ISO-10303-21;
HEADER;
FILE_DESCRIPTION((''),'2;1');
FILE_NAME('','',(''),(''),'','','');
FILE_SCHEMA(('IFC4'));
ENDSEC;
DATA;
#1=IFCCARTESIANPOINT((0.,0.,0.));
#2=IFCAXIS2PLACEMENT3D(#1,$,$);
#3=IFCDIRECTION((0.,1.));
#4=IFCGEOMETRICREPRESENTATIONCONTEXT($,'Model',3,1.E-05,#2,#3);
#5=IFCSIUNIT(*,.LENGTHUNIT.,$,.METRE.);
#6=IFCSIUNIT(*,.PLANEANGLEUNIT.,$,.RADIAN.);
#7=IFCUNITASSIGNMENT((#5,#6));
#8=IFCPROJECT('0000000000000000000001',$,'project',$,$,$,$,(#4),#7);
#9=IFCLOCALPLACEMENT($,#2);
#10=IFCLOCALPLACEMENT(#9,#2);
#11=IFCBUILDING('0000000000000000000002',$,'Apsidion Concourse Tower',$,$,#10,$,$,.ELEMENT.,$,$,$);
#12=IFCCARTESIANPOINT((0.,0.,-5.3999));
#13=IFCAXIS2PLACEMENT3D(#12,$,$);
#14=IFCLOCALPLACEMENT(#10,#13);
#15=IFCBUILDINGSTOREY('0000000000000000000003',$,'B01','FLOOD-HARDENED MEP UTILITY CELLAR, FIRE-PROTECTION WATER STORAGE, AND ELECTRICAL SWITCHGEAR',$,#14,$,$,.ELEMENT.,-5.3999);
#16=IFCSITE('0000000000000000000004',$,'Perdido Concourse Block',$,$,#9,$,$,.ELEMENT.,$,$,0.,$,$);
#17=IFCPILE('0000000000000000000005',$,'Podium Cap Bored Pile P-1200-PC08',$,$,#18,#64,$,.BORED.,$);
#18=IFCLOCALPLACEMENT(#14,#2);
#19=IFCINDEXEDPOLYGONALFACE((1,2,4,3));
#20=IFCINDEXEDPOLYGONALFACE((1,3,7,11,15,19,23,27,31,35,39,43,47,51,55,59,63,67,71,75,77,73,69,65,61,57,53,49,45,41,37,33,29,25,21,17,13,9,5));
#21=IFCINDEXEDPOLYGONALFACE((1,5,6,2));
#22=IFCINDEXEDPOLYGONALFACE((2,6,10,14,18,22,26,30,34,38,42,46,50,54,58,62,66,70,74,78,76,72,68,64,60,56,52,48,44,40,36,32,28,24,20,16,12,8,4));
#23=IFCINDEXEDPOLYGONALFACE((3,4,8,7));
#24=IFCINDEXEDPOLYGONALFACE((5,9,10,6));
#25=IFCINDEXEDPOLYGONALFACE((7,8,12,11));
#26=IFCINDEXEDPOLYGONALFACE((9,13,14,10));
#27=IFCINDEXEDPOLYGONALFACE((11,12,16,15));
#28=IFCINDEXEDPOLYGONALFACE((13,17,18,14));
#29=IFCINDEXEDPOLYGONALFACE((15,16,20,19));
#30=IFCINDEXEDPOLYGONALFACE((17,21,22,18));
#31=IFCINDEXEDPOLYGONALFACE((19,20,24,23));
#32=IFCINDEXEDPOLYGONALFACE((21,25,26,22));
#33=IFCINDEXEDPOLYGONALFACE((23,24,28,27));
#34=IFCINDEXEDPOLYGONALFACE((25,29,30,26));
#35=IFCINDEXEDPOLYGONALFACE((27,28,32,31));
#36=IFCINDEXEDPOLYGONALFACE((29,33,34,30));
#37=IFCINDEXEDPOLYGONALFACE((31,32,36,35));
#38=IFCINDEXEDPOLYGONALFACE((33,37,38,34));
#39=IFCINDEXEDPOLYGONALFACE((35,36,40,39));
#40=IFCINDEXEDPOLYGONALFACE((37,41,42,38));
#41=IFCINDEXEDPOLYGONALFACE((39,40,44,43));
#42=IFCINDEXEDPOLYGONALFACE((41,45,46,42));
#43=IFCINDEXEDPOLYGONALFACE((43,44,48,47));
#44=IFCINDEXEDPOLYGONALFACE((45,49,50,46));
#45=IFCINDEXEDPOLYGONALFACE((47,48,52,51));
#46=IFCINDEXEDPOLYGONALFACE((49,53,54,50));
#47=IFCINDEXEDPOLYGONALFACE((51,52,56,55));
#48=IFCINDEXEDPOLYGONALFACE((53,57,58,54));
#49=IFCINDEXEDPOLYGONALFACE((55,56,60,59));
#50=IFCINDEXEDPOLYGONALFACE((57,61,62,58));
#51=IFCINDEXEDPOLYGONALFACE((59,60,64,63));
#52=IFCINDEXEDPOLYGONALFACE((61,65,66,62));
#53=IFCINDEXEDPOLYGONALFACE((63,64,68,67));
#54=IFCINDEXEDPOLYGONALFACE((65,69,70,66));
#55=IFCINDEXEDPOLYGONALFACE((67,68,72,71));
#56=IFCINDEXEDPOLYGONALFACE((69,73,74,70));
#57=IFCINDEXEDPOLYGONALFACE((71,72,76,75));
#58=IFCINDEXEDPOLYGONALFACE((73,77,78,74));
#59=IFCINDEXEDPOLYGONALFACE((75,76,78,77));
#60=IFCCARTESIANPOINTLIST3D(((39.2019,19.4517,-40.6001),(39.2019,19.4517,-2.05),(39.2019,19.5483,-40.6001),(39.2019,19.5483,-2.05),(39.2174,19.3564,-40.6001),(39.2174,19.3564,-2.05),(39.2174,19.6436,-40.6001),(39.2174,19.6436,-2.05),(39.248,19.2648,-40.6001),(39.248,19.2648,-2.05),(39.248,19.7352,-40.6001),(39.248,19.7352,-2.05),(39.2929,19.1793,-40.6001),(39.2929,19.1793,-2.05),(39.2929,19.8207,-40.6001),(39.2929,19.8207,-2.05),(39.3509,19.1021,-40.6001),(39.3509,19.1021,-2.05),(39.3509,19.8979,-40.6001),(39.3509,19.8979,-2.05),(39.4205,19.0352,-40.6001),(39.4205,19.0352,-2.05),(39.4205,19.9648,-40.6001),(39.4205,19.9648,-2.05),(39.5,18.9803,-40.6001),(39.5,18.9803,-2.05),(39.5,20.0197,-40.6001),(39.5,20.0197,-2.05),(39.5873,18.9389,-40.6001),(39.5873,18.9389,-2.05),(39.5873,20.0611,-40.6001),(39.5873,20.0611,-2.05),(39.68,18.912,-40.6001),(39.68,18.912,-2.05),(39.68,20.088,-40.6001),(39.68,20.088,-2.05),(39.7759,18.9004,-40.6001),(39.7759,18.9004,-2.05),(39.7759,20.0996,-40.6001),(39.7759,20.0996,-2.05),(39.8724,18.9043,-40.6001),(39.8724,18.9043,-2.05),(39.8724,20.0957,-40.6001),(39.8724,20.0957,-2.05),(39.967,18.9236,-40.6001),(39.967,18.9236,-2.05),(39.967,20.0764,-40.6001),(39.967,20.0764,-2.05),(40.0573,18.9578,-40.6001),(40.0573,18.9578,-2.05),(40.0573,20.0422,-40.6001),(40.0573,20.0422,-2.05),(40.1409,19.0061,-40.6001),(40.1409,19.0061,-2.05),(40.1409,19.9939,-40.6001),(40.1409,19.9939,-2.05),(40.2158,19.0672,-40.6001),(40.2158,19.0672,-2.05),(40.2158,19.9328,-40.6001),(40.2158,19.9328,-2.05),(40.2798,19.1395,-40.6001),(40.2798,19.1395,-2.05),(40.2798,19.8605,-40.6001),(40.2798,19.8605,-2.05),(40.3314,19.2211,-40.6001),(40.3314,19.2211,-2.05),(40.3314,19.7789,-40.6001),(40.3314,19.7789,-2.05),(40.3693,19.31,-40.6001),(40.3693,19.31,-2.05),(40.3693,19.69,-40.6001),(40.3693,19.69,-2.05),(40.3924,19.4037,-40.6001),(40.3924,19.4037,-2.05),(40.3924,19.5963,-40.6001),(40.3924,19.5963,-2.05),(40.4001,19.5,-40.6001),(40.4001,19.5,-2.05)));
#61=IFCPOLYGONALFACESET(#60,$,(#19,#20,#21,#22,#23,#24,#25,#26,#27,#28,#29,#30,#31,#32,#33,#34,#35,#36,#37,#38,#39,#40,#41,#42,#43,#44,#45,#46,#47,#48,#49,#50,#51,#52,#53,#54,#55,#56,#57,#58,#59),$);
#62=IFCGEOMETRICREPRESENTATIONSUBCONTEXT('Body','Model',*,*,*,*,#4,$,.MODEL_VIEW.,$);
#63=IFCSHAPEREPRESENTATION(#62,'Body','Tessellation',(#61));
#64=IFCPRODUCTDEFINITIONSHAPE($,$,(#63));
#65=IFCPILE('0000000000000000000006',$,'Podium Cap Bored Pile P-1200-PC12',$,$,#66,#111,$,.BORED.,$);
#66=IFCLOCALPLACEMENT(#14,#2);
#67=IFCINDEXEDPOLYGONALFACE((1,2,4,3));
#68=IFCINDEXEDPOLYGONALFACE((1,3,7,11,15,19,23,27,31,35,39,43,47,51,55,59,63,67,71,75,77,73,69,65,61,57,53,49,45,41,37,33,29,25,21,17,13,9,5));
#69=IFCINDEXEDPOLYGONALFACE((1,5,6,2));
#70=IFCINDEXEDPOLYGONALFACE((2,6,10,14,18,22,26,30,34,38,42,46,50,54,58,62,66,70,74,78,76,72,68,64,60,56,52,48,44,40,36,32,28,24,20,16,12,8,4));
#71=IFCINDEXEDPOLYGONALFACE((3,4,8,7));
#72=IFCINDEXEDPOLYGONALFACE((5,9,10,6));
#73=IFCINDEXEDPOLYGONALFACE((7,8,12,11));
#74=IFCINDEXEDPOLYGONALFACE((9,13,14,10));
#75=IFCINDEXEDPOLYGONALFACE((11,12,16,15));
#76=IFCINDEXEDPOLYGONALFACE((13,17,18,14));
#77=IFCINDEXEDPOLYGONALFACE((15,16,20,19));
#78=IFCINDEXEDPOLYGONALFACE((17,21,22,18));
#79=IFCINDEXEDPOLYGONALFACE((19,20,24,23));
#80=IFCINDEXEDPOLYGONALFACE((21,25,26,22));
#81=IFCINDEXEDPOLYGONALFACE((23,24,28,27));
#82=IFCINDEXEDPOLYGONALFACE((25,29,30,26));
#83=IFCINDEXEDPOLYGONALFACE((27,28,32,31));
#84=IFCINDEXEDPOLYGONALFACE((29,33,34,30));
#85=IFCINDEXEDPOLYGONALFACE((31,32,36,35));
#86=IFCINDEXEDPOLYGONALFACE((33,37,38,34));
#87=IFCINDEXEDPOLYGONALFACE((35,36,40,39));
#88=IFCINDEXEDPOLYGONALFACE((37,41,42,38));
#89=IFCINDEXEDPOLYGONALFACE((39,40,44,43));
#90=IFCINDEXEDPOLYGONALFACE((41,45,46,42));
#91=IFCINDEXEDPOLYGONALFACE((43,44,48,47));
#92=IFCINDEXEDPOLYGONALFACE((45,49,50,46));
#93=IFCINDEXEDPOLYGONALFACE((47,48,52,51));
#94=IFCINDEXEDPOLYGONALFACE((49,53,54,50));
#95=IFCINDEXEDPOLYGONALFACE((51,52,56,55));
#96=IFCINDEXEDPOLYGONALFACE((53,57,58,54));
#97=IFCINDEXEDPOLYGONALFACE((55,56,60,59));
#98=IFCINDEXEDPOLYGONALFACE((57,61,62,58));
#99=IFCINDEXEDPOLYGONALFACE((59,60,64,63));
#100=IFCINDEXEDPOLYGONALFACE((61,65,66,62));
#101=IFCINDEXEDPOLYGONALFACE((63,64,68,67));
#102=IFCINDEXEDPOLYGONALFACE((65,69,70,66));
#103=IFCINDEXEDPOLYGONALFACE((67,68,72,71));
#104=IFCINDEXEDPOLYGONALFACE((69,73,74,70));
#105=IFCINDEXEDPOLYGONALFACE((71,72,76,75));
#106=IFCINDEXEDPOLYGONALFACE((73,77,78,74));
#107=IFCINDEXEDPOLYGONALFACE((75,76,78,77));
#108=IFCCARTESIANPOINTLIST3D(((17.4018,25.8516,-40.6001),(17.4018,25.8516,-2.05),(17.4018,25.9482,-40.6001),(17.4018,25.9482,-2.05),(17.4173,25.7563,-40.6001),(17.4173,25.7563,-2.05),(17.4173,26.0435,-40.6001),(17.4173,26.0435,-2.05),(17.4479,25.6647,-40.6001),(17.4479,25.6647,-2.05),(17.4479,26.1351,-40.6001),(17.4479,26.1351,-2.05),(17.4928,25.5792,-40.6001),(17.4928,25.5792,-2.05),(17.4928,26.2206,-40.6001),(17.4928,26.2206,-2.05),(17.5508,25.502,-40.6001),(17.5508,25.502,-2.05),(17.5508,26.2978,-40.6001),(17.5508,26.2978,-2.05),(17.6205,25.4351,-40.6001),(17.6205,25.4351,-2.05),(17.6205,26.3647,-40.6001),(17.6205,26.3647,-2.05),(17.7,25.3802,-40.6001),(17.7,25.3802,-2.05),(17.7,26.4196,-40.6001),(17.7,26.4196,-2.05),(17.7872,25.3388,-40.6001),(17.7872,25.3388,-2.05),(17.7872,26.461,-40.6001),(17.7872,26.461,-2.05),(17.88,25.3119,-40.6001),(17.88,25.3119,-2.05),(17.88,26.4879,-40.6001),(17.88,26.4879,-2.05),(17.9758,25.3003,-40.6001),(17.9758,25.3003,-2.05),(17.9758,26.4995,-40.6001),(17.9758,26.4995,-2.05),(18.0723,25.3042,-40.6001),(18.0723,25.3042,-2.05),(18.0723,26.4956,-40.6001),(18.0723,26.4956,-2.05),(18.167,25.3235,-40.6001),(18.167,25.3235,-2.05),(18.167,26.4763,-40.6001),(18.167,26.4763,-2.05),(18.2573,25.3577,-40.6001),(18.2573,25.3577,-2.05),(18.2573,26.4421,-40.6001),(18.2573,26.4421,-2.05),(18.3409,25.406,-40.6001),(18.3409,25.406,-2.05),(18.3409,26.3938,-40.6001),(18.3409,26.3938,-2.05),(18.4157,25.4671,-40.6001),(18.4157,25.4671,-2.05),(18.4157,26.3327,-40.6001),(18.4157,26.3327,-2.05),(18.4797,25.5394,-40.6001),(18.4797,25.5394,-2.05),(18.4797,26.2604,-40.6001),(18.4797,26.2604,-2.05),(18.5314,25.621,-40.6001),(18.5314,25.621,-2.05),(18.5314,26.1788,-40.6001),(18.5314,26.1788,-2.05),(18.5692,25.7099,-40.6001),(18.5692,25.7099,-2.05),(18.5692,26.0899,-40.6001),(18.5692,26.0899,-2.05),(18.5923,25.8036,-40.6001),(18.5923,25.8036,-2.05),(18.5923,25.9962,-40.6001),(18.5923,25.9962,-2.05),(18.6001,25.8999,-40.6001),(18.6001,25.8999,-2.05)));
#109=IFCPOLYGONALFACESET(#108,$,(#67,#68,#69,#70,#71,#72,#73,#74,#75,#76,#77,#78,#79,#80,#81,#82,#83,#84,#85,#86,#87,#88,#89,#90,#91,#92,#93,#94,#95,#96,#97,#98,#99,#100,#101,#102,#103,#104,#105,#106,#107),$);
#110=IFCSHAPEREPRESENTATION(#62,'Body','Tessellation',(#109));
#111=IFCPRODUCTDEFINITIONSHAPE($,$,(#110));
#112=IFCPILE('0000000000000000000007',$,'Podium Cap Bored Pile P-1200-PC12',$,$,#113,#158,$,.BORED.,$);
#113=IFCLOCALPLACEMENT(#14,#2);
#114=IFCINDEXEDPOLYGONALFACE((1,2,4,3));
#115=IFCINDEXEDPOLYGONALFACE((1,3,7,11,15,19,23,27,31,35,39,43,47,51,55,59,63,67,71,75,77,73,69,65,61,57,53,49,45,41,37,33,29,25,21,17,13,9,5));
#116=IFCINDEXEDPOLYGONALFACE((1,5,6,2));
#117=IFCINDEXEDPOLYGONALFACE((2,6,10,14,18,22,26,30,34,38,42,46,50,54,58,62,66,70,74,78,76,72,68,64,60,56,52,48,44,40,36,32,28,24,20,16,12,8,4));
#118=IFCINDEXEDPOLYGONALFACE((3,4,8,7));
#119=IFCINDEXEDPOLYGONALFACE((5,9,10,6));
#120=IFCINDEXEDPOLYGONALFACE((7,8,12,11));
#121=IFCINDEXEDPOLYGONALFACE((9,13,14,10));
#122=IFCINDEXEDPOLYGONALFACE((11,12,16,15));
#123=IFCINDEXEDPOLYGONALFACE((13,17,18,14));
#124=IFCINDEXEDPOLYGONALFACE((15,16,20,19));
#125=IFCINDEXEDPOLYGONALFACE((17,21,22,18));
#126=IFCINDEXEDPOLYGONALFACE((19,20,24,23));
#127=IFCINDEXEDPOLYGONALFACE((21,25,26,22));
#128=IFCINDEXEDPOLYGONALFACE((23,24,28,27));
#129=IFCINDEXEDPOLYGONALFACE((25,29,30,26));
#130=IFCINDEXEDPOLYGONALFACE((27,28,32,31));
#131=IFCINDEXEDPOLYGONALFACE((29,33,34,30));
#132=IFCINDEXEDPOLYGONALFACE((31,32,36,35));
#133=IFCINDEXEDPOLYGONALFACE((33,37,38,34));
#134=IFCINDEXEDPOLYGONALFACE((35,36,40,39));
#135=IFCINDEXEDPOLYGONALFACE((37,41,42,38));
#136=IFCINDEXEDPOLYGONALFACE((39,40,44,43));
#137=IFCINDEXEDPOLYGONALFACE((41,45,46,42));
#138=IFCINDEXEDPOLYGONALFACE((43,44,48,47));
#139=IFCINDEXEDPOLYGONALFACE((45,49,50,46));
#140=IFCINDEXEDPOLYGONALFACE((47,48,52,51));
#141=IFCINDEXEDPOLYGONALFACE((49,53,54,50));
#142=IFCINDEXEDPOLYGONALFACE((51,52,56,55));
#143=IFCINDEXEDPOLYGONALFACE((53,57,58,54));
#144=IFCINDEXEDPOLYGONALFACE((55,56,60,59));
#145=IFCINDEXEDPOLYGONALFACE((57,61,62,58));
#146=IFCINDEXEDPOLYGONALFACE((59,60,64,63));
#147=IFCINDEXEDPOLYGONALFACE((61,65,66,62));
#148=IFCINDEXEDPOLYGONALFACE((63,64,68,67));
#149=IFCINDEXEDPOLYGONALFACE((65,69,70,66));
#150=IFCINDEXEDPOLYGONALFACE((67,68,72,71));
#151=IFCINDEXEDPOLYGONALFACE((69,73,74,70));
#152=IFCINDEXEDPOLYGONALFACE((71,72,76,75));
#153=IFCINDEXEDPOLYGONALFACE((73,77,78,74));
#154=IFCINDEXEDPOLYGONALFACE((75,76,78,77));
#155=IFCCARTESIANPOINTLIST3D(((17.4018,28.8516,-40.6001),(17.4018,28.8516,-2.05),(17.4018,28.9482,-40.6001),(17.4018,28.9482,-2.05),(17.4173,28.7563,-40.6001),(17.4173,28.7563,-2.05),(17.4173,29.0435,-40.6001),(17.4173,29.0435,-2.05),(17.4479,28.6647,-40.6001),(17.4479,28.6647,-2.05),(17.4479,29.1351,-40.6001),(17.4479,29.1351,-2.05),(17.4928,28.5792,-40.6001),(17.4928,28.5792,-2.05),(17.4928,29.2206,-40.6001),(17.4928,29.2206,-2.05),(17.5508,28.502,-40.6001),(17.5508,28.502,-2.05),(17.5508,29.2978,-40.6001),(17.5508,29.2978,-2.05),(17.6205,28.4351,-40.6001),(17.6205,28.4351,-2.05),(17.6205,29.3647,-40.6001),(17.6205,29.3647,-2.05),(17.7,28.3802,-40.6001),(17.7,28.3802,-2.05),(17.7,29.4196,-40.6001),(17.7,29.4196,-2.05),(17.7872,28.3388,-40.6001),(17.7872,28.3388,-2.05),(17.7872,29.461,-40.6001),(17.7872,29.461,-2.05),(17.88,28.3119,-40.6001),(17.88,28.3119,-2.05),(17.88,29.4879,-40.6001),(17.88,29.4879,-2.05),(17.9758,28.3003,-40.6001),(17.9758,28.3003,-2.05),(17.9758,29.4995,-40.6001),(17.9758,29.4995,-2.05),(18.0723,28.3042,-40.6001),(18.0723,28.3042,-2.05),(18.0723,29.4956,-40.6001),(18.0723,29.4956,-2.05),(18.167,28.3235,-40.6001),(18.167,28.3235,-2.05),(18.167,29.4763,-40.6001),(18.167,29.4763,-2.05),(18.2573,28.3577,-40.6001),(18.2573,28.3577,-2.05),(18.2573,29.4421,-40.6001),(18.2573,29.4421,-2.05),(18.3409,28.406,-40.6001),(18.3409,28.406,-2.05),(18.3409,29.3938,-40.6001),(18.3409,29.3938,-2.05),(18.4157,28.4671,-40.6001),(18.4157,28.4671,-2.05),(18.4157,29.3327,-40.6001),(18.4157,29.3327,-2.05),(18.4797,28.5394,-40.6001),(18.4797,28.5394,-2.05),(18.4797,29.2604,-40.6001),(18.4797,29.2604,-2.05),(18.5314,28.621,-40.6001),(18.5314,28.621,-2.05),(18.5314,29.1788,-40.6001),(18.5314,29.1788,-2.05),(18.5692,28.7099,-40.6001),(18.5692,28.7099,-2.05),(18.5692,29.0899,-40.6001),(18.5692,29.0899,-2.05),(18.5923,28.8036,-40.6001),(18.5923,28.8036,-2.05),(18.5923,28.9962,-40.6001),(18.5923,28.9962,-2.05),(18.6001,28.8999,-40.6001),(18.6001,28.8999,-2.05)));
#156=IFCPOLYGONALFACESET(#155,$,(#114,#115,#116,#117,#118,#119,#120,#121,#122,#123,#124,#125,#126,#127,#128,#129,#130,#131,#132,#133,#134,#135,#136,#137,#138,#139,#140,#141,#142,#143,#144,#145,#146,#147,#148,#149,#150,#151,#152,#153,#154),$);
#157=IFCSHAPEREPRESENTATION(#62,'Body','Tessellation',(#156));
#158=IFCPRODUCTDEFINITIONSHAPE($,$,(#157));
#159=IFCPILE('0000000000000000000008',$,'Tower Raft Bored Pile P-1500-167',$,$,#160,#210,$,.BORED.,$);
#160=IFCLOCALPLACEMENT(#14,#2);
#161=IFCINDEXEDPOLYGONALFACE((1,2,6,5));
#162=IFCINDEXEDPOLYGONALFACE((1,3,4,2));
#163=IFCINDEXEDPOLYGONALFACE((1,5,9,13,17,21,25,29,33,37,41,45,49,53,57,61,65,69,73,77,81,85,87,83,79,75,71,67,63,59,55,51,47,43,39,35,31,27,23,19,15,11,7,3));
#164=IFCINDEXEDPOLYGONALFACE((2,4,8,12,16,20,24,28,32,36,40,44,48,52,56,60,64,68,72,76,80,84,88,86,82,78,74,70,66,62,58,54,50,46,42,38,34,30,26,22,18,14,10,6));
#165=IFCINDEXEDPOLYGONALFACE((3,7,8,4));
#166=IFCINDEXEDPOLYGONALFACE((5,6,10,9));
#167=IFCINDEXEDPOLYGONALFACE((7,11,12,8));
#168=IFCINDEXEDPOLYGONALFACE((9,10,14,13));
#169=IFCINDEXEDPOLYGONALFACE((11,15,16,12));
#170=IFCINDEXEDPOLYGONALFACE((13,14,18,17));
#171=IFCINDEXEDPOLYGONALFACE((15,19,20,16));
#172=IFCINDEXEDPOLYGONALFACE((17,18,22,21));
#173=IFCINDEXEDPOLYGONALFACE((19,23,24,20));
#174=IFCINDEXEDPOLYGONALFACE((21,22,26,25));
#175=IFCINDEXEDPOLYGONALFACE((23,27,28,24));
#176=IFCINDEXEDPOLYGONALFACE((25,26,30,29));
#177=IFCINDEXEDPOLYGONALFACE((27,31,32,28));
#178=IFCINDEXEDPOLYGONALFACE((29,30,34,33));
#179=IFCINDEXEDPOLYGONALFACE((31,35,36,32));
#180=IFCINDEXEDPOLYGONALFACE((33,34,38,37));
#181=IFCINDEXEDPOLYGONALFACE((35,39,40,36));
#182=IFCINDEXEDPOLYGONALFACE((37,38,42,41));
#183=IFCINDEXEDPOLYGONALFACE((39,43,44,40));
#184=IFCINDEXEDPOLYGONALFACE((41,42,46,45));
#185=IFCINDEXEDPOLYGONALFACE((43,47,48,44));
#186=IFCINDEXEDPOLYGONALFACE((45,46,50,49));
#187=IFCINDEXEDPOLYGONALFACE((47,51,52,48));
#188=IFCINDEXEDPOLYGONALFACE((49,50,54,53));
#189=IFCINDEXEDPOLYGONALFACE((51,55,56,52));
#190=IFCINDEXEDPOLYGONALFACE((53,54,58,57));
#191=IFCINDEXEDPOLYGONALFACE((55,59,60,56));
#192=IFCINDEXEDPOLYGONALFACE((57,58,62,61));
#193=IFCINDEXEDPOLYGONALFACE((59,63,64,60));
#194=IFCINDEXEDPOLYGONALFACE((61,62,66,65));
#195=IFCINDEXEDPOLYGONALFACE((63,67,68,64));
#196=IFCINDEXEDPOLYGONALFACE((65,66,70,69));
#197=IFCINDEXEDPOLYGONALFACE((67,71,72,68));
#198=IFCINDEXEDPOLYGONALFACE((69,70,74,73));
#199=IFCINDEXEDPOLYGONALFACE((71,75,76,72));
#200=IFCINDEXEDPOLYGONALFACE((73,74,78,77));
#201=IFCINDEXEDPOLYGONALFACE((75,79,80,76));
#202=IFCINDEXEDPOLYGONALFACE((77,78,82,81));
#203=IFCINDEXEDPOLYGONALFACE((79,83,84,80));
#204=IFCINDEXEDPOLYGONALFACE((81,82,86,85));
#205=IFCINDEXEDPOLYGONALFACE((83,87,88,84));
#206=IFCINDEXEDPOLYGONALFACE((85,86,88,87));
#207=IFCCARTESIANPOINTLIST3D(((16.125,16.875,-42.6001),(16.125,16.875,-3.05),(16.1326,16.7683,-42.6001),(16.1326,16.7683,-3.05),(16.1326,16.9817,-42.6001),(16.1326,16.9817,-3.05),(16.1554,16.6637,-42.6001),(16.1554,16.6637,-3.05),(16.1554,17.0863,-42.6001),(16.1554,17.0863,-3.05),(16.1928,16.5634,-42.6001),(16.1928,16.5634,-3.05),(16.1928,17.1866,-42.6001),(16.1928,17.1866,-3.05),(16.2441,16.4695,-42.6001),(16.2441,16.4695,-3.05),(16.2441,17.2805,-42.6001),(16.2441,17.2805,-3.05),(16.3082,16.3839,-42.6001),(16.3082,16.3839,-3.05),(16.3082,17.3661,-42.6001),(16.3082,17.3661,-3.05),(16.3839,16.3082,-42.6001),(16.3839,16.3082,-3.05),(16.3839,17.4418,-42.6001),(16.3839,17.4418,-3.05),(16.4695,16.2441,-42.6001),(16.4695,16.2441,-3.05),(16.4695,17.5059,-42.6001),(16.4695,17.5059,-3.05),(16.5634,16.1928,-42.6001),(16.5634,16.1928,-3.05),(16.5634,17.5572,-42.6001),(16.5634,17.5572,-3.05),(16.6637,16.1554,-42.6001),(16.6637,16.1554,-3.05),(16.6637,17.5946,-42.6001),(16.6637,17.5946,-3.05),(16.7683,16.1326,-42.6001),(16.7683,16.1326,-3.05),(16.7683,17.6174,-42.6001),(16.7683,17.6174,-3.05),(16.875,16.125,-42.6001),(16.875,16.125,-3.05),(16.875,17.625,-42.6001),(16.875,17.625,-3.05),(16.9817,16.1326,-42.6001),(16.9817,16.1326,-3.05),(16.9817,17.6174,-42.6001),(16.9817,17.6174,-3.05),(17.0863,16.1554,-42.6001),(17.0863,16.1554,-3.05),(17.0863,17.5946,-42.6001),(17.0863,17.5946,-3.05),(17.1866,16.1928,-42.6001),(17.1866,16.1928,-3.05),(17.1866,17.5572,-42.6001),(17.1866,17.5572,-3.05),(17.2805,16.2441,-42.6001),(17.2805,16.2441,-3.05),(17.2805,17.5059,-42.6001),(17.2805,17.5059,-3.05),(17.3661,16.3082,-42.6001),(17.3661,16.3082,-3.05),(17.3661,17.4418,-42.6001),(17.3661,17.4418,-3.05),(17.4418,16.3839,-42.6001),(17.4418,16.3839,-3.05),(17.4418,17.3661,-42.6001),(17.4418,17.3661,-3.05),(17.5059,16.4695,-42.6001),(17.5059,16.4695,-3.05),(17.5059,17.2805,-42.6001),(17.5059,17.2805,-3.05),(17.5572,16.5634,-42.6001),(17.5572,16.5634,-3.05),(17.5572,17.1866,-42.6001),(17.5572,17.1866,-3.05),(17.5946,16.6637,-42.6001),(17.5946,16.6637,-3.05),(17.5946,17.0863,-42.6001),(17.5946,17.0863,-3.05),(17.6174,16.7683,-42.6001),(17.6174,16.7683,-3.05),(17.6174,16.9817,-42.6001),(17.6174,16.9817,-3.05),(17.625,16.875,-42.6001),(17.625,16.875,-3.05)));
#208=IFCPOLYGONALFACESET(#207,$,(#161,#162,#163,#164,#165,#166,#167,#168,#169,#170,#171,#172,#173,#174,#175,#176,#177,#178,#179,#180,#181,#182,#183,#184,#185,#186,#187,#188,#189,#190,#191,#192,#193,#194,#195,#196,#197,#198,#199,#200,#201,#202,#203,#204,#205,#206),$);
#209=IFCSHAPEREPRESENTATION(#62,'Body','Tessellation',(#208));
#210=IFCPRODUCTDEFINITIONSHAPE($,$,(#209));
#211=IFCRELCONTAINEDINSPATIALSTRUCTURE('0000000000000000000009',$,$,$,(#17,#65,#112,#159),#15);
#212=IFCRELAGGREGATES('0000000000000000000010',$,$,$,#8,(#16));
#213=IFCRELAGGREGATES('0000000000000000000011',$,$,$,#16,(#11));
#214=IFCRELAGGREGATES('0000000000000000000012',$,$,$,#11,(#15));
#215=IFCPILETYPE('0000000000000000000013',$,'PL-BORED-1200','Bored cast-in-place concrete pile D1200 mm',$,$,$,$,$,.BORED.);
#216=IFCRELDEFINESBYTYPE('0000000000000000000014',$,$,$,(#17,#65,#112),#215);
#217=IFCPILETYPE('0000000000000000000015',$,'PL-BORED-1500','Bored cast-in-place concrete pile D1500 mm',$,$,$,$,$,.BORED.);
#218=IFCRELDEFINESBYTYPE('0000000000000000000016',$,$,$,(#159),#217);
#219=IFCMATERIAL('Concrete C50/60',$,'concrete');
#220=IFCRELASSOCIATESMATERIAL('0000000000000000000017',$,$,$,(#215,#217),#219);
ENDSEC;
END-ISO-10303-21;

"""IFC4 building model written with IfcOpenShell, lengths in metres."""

from ifc_helpers import new_model, si_unit, direction, frame, origin, origin_2d, place, context, subcontext, project, spatial, circle, extrude, material, material_profile, profile_set, type_object, element, save


model = new_model("IFC4")

# Units and contexts
model_context = context("Model", 3, precision=1e-05, world=origin(), true_north=direction((0.0, 1.0)))
body_context = subcontext(model_context, "Body", "Model", "MODEL_VIEW")
ifc_project = project(units=[si_unit("LENGTHUNIT", "METRE"), si_unit("PLANEANGLEUNIT", "RADIAN")], contexts=[model_context])

# Site, building, storey
site_placement = place(None, origin())
site = spatial("IfcSite", under=ifc_project, at=site_placement, Name="Perdido Concourse Block", CompositionType="ELEMENT", RefElevation=0.0)
building_placement = place(site_placement, origin())
building = spatial("IfcBuilding", under=site, at=building_placement, Name="Apsidion Concourse Tower", CompositionType="ELEMENT")
storey_placement = place(building_placement, frame((0.0, 0.0, -5.3999)))
storey = spatial("IfcBuildingStorey", under=building, at=storey_placement, Name="B01", Description="FLOOD-HARDENED MEP UTILITY CELLAR, FIRE-PROTECTION WATER STORAGE, AND ELECTRICAL SWITCHGEAR", CompositionType="ELEMENT", Elevation=-5.3999)

# Shared definitions
ifc_material_1 = material(Name="Concrete C50/60", Category="concrete")

# Piles
ifc_material_profile_1 = material_profile(ifc_material_1, circle(Radius=0.6001, at=origin_2d()), Name="BORED PILE D1200")
ifc_profile_set_1 = profile_set([ifc_material_profile_1], Name="Concrete C50/60")
pile_type_1 = type_object("IfcPileType", Name="PL-BORED-1200", Description="Bored cast-in-place concrete pile D1200 mm", PredefinedType="BORED", material=ifc_profile_set_1)
for number, where, z_axis, x_axis, name in (
    (1, (39.8, 19.5, -2.05), (0.0, 0.0, -1.0), (1.0, 0.0, 0.0), "Podium Cap Bored Pile P-1200-PC08"),
    (2, (18.0, 25.8999, -2.05), (0.0, 0.0, -1.0), (1.0, 0.0, 0.0), "Podium Cap Bored Pile P-1200-PC12"),
    (3, (18.0, 28.8999, -2.05), (0.0, 0.0, -1.0), (1.0, 0.0, 0.0), "Podium Cap Bored Pile P-1200-PC12"),
):
    element("IfcPile", number, at=place(storey_placement, frame(where, z_axis=z_axis, x_axis=x_axis)), inside=storey, type_object=pile_type_1, Name=name, PredefinedType="BORED", context=body_context, shape_type="SweptSolid", body=[
        extrude(circle(Radius=0.6001, at=origin_2d()), origin(), (0.0, 0.0, 1.0), 38.55),
    ])
ifc_material_profile_2 = material_profile(ifc_material_1, circle(Radius=0.75, at=origin_2d()), Name="BORED PILE D1500")
ifc_profile_set_2 = profile_set([ifc_material_profile_2], Name="Concrete C50/60")
pile_type_2 = type_object("IfcPileType", Name="PL-BORED-1500", Description="Bored cast-in-place concrete pile D1500 mm", PredefinedType="BORED", material=ifc_profile_set_2)
for number, where, z_axis, x_axis, name in (
    (4, (16.875, 16.875, -3.05), (0.0, 0.0, -1.0), (1.0, 0.0, 0.0), "Tower Raft Bored Pile P-1500-167"),
):
    element("IfcPile", number, at=place(storey_placement, frame(where, z_axis=z_axis, x_axis=x_axis)), inside=storey, type_object=pile_type_2, Name=name, PredefinedType="BORED", context=body_context, shape_type="SweptSolid", body=[
        extrude(circle(Radius=0.75, at=origin_2d()), origin(), (0.0, 0.0, 1.0), 39.55),
    ])

save(model, "model.ifc")
